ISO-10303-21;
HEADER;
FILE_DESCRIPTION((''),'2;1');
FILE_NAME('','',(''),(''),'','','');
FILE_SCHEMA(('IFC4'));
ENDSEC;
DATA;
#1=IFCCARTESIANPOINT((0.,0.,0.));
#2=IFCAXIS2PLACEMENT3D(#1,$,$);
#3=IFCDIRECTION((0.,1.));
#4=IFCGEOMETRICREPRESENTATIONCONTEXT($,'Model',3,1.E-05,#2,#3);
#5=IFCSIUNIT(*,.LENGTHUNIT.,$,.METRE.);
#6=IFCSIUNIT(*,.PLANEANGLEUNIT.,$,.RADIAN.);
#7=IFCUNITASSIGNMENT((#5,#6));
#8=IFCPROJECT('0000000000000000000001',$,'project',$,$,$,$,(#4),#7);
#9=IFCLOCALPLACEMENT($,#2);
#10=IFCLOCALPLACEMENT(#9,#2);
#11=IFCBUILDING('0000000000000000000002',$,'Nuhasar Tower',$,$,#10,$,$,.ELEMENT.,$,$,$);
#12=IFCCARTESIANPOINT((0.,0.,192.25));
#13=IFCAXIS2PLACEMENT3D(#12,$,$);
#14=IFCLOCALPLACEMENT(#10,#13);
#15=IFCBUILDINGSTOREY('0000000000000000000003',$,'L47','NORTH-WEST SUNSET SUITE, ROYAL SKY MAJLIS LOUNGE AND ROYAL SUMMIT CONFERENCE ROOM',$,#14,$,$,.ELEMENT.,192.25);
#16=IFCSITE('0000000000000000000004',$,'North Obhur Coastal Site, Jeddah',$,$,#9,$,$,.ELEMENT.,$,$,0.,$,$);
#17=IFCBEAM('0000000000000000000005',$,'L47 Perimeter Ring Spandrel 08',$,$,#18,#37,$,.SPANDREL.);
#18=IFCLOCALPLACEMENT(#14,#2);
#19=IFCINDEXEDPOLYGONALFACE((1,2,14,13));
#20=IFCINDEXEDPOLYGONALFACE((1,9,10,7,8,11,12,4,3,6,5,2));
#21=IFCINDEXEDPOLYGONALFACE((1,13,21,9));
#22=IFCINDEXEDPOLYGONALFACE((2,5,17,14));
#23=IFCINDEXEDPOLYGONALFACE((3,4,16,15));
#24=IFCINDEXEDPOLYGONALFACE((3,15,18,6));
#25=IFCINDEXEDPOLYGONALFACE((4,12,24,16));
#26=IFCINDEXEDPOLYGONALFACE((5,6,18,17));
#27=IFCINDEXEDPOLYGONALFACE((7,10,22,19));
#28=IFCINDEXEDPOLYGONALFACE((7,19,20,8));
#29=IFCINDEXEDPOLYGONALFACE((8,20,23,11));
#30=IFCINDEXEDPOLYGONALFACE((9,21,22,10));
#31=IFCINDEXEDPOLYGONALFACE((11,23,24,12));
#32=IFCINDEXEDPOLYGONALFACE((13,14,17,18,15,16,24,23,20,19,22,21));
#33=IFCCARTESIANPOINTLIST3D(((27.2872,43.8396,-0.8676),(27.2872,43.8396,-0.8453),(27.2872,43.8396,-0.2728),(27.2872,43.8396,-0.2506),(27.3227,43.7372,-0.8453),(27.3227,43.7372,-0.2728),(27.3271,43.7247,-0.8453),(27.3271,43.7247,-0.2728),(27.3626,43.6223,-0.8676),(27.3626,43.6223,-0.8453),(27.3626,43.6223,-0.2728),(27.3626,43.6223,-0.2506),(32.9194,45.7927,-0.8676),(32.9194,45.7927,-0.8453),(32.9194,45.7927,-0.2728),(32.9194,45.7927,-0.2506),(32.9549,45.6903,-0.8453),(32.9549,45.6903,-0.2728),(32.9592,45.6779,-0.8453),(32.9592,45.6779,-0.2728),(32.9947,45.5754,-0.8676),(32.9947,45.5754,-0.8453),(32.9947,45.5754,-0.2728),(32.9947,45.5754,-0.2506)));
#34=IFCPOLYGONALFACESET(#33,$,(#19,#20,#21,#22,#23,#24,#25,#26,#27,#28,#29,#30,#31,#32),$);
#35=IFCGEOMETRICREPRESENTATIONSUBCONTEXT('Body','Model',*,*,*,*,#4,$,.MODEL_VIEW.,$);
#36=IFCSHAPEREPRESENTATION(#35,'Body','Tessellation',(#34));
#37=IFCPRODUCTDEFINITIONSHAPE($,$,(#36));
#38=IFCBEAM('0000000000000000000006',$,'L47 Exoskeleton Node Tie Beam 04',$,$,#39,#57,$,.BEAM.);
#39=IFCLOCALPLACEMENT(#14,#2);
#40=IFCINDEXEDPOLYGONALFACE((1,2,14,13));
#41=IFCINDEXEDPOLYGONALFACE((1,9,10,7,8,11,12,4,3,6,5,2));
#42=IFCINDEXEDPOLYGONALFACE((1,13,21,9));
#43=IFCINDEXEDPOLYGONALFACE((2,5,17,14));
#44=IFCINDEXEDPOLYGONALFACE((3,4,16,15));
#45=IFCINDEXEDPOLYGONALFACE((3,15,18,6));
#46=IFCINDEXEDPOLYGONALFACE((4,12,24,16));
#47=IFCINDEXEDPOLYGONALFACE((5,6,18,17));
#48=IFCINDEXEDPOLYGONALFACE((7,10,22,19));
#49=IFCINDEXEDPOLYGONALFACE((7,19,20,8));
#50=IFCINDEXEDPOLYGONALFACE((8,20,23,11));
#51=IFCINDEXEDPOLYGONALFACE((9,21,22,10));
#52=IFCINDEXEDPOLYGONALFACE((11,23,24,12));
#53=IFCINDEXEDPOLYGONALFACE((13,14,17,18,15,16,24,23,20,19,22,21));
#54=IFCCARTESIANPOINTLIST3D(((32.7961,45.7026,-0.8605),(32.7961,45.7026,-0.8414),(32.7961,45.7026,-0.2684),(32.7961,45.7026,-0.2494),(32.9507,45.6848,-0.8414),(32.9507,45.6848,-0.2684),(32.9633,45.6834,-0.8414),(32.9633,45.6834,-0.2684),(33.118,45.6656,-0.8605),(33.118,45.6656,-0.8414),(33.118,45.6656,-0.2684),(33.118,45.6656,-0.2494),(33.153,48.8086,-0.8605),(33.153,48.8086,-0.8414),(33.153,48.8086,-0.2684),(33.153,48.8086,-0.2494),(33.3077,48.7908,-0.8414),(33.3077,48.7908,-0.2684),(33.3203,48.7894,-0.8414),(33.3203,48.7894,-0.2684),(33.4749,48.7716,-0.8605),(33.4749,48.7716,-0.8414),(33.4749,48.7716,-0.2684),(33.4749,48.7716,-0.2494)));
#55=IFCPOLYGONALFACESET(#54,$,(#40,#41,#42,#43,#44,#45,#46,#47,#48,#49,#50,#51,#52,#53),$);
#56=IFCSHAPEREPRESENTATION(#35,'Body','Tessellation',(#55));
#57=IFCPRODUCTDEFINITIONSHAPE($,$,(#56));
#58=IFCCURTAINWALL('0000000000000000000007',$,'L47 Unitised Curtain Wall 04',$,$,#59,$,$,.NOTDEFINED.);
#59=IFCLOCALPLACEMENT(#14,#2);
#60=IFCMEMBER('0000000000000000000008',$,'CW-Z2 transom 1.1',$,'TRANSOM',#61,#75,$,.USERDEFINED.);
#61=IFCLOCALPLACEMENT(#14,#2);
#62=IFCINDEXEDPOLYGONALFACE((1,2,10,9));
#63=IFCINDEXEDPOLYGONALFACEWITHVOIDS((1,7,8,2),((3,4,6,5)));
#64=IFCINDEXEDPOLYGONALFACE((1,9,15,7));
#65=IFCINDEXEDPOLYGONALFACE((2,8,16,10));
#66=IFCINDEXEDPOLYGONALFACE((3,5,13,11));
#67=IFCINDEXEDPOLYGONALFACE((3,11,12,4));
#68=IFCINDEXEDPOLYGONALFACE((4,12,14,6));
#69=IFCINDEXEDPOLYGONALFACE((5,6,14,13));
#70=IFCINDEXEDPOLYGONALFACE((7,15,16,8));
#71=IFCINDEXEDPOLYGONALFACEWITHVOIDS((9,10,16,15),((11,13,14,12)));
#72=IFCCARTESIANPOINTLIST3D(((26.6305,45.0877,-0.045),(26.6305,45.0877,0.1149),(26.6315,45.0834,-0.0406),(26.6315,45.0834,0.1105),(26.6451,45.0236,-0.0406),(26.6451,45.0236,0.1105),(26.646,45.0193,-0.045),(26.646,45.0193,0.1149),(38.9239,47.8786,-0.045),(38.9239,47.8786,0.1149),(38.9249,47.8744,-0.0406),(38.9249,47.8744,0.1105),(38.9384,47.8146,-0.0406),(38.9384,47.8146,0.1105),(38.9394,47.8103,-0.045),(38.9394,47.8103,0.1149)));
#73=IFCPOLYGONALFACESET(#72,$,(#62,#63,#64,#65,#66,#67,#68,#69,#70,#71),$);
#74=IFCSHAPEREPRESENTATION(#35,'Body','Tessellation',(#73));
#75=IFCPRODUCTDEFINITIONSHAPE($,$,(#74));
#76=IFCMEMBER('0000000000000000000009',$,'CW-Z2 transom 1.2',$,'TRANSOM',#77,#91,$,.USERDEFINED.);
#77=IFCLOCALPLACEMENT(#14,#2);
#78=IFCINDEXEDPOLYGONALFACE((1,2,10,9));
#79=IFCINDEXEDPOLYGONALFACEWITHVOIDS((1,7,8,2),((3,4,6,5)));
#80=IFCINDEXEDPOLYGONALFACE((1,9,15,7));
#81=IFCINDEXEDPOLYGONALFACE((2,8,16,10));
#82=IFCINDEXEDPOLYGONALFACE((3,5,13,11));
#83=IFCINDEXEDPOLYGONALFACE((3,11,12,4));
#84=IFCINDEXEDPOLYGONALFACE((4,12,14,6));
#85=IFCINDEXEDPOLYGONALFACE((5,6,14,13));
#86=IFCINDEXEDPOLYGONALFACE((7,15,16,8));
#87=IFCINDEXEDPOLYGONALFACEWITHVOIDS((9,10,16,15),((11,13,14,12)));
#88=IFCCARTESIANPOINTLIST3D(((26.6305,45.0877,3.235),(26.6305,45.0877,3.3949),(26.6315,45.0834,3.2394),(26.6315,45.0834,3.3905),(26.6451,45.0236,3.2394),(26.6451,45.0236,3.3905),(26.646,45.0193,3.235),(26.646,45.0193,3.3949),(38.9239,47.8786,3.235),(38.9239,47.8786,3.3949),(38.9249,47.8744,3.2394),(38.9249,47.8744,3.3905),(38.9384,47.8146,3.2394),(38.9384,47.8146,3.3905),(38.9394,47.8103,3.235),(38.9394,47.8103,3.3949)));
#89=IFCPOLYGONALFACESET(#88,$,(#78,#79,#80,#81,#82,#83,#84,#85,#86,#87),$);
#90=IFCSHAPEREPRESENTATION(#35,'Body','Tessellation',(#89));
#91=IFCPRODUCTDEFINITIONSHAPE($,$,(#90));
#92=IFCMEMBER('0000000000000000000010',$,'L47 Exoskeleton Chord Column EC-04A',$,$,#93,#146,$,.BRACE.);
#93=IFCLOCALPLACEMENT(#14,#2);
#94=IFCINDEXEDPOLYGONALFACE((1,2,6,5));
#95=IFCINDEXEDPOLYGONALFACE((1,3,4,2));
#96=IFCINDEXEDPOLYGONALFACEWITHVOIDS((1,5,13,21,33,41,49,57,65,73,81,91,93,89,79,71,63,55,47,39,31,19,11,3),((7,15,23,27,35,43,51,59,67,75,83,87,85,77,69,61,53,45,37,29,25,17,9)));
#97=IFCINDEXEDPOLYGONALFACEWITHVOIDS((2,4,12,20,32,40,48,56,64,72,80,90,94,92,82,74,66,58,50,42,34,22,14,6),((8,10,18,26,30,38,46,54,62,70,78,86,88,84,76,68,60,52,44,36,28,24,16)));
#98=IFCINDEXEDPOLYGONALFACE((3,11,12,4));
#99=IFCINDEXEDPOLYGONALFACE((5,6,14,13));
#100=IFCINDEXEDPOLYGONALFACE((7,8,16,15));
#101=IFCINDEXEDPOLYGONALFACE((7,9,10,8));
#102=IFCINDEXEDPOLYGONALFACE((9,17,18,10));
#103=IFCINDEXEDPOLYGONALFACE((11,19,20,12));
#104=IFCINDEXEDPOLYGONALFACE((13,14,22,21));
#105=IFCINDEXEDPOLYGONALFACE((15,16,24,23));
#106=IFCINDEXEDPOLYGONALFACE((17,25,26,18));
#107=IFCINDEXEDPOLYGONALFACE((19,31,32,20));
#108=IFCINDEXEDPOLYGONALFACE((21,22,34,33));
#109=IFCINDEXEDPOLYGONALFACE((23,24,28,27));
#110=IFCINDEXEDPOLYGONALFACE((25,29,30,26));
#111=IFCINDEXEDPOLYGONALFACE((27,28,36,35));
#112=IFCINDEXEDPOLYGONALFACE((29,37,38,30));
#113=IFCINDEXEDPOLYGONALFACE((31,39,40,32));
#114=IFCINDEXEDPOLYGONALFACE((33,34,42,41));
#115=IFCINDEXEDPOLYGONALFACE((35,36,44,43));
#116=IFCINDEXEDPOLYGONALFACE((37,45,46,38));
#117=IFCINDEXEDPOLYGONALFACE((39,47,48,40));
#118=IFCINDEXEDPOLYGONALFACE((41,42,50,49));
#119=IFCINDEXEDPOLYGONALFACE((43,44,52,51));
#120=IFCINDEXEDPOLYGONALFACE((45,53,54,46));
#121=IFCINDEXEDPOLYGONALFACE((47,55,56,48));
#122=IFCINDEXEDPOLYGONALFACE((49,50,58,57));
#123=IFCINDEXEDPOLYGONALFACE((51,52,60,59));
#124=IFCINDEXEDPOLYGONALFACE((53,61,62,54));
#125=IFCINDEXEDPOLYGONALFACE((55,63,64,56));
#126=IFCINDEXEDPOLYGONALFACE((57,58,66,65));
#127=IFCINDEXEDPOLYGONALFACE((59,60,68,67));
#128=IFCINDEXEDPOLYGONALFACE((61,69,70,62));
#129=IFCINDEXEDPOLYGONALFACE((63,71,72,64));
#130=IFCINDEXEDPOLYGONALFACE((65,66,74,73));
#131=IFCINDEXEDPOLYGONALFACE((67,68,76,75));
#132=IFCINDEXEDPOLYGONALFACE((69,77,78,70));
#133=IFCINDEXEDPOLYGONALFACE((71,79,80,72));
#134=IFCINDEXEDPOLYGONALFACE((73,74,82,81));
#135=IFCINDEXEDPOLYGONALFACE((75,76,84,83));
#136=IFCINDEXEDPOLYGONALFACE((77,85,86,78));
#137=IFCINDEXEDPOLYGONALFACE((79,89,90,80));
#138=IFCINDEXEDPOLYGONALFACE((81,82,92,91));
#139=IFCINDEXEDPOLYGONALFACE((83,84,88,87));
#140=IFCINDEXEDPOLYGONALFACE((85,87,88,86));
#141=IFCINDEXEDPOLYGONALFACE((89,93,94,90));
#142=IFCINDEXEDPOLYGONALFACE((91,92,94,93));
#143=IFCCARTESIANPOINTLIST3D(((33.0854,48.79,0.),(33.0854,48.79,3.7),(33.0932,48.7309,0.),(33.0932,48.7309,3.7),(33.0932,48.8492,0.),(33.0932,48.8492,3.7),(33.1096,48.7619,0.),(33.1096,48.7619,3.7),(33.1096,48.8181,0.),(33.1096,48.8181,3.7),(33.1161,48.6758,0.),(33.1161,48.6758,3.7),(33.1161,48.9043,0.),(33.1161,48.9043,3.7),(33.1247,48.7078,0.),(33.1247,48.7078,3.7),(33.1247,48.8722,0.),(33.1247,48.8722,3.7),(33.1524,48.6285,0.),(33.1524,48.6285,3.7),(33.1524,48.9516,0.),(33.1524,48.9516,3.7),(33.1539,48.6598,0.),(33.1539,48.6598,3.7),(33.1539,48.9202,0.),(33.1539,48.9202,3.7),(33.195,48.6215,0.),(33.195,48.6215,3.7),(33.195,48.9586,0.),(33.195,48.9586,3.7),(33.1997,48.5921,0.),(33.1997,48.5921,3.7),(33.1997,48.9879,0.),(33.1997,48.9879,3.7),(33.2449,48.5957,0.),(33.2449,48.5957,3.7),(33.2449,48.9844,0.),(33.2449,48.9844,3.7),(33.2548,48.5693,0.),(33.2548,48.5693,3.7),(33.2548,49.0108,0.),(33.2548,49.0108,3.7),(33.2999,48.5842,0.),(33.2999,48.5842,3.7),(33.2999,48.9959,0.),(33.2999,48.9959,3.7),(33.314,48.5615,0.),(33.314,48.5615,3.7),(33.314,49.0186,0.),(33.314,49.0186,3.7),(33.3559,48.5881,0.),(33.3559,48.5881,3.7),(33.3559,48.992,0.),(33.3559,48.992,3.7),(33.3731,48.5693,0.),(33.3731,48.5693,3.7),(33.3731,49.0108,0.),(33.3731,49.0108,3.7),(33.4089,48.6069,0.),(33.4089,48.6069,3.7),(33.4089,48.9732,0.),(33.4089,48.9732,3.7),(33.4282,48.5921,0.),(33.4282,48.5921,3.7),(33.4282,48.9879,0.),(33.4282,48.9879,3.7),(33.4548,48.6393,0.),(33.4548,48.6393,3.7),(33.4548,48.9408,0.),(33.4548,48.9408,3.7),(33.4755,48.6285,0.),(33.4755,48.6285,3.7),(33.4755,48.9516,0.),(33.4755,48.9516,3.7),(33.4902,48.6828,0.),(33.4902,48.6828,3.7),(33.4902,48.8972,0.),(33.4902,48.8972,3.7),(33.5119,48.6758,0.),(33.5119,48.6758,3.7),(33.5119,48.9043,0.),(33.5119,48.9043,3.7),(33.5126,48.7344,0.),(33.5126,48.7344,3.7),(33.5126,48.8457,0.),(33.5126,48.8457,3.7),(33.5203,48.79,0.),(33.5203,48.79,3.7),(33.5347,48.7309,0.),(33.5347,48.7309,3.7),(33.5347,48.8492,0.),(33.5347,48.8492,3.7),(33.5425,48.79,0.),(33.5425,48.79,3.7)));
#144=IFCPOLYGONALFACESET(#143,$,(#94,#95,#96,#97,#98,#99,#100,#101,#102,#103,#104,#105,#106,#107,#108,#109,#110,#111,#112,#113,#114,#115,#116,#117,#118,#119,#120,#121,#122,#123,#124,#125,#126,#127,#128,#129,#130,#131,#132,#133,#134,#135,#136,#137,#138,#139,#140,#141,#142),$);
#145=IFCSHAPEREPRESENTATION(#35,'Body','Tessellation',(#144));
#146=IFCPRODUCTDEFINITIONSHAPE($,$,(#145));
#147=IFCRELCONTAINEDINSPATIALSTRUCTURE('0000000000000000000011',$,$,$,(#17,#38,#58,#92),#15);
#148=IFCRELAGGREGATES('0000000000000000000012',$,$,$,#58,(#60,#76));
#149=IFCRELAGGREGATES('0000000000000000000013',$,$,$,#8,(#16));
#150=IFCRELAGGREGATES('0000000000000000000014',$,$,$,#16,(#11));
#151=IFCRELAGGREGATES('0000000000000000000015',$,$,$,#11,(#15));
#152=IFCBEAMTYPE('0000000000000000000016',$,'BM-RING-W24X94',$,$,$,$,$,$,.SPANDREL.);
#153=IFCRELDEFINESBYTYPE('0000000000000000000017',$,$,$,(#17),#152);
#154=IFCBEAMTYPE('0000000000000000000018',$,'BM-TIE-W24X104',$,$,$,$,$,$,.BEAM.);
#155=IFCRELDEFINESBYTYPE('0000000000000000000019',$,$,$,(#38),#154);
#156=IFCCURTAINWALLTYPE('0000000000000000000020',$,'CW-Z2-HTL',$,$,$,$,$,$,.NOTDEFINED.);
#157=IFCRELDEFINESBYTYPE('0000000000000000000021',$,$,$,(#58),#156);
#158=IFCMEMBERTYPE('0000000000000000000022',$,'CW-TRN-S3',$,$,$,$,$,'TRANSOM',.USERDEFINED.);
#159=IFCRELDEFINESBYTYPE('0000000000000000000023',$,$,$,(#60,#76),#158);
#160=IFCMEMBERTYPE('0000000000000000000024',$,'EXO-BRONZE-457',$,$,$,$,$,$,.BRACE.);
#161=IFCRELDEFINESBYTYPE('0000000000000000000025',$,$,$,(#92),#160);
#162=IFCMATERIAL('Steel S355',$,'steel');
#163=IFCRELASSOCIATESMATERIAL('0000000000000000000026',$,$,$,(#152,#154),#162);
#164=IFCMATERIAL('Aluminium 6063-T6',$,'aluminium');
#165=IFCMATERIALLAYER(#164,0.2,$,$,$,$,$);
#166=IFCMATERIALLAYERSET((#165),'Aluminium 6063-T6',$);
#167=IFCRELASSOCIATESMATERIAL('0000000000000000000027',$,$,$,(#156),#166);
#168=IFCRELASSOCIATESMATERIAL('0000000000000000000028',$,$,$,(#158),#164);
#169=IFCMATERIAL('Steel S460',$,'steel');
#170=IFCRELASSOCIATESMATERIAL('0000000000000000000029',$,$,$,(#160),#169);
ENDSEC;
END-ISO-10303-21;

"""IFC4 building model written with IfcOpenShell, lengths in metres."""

from ifc_helpers import new_model, si_unit, direction, frame, origin, origin_2d, place, context, subcontext, project, spatial, hollow_rectangle, hollow_circle, i_section, extrude, material, layer, layer_set, material_profile, profile_set, type_object, element, aggregate, save


model = new_model("IFC4")

# Units and contexts
model_context = context("Model", 3, precision=1e-05, world=origin(), true_north=direction((0.0, 1.0)))
body_context = subcontext(model_context, "Body", "Model", "MODEL_VIEW")
ifc_project = project(units=[si_unit("LENGTHUNIT", "METRE"), si_unit("PLANEANGLEUNIT", "RADIAN")], contexts=[model_context])

# Site, building, storey
site_placement = place(None, origin())
site = spatial("IfcSite", under=ifc_project, at=site_placement, Name="North Obhur Coastal Site, Jeddah", CompositionType="ELEMENT", RefElevation=0.0)
building_placement = place(site_placement, origin())
building = spatial("IfcBuilding", under=site, at=building_placement, Name="Nuhasar Tower", CompositionType="ELEMENT")
storey_placement = place(building_placement, frame((0.0, 0.0, 192.25)))
storey = spatial("IfcBuildingStorey", under=building, at=storey_placement, Name="L47", Description="NORTH-WEST SUNSET SUITE, ROYAL SKY MAJLIS LOUNGE AND ROYAL SUMMIT CONFERENCE ROOM", CompositionType="ELEMENT", Elevation=192.25)

# Beams
ifc_material_1 = material(Name="Steel S355", Category="steel")
ifc_material_profile_1 = material_profile(ifc_material_1, i_section(OverallWidth=0.23, OverallDepth=0.6169, WebThickness=0.0132, FlangeThickness=0.0222, at=origin_2d()), Name="W24X94")
ifc_profile_set_1 = profile_set([ifc_material_profile_1], Name="Steel S355")
beam_type_1 = type_object("IfcBeamType", Name="BM-RING-W24X94", PredefinedType="SPANDREL", material=ifc_profile_set_1)
beam_1_placement = place(storey_placement, frame((32.957, 45.6841, -0.5591), z_axis=(-0.944801, -0.327644, 0.0), x_axis=(0.327644, -0.944801, 0.0)))
element("IfcBeam", 1, at=beam_1_placement, inside=storey, type_object=beam_type_1, Name="L47 Perimeter Ring Spandrel 08", PredefinedType="SPANDREL", context=body_context, shape_type="SweptSolid", body=[
    extrude(i_section(OverallWidth=0.23, OverallDepth=0.6169, WebThickness=0.0132, FlangeThickness=0.0222, at=origin_2d()), origin(), (0.0, 0.0, 1.0), 5.9612),
])
ifc_material_profile_2 = material_profile(ifc_material_1, i_section(OverallWidth=0.324, OverallDepth=0.6111, WebThickness=0.0127, FlangeThickness=0.019, at=origin_2d()), Name="W24X104")
ifc_profile_set_2 = profile_set([ifc_material_profile_2], Name="Steel S355")
beam_type_2 = type_object("IfcBeamType", Name="BM-TIE-W24X104", PredefinedType="BEAM", material=ifc_profile_set_2)
beam_2_placement = place(storey_placement, frame((32.957, 45.6841, -0.5549), z_axis=(0.114168, 0.993461, 0.0), x_axis=(-0.993461, 0.114168, 0.0)))
element("IfcBeam", 2, at=beam_2_placement, inside=storey, type_object=beam_type_2, Name="L47 Exoskeleton Node Tie Beam 04", PredefinedType="BEAM", context=body_context, shape_type="SweptSolid", body=[
    extrude(i_section(OverallWidth=0.324, OverallDepth=0.6111, WebThickness=0.0127, FlangeThickness=0.019, at=origin_2d()), origin(), (0.0, 0.0, 1.0), 3.1265),
])

# Curtain wall, members
ifc_material_2 = material(Name="Aluminium 6063-T6", Category="aluminium")
ifc_layer_1 = layer(ifc_material_2, 0.2)
ifc_layer_set_1 = layer_set([ifc_layer_1], Name="Aluminium 6063-T6")
curtain_wall_type = type_object("IfcCurtainWallType", Name="CW-Z2-HTL", PredefinedType="NOTDEFINED", material=ifc_layer_set_1)
curtain_wall_placement = place(storey_placement, origin())
curtain_wall = element("IfcCurtainWall", 3, at=curtain_wall_placement, inside=storey, type_object=curtain_wall_type, Name="L47 Unitised Curtain Wall 04", PredefinedType="NOTDEFINED")
ifc_material_profile_3 = material_profile(ifc_material_2, hollow_rectangle(XDim=0.0701, YDim=0.1599, WallThickness=0.0044, at=origin_2d()), Name="CWT-3")
ifc_profile_set_3 = profile_set([ifc_material_profile_3], Name="Aluminium 6063-T6")
member_type_1 = type_object("IfcMemberType", Name="CW-TRN-S3", ElementType="TRANSOM", PredefinedType="USERDEFINED", material=ifc_profile_set_3)
member_1_placement = place(storey_placement, frame((38.9316, 47.8445, 0.0349), z_axis=(-0.975183, -0.221398, 0.0), x_axis=(0.221398, -0.975183, 0.0)))
member_1 = element("IfcMember", 4, at=member_1_placement, type_object=member_type_1, Name="CW-Z2 transom 1.1", ObjectType="TRANSOM", PredefinedType="USERDEFINED", context=body_context, shape_type="SweptSolid", body=[
    extrude(hollow_rectangle(XDim=0.0701, YDim=0.1599, WallThickness=0.0044, at=origin_2d()), origin(), (0.0, 0.0, 1.0), 12.6062),
])
member_2_placement = place(storey_placement, frame((38.9316, 47.8445, 3.3149), z_axis=(-0.975183, -0.221398, 0.0), x_axis=(0.221398, -0.975183, 0.0)))
member_2 = element("IfcMember", 5, at=member_2_placement, type_object=member_type_1, Name="CW-Z2 transom 1.2", ObjectType="TRANSOM", PredefinedType="USERDEFINED", context=body_context, shape_type="SweptSolid", body=[
    extrude(hollow_rectangle(XDim=0.0701, YDim=0.1599, WallThickness=0.0044, at=origin_2d()), origin(), (0.0, 0.0, 1.0), 12.6062),
])

# Member
ifc_material_3 = material(Name="Steel S460", Category="steel")
ifc_material_profile_4 = material_profile(ifc_material_3, hollow_circle(Radius=0.2285, WallThickness=0.0222, at=origin_2d()), Name="HSS457X22.2")
ifc_profile_set_4 = profile_set([ifc_material_profile_4], Name="Steel S460")
member_type_2 = type_object("IfcMemberType", Name="EXO-BRONZE-457", PredefinedType="BRACE", material=ifc_profile_set_4)
for number, where, z_axis, x_axis, name in (
    (6, (33.314, 48.79, 0.0), (0.0, 0.0, 1.0), (1.0, 0.0, 0.0), "L47 Exoskeleton Chord Column EC-04A"),
):
    element("IfcMember", number, at=place(storey_placement, frame(where, z_axis=z_axis, x_axis=x_axis)), inside=storey, type_object=member_type_2, Name=name, PredefinedType="BRACE", context=body_context, shape_type="SweptSolid", body=[
        extrude(hollow_circle(Radius=0.2285, WallThickness=0.0222, at=origin_2d()), origin(), (0.0, 0.0, 1.0), 3.7),
    ])

aggregate(curtain_wall, [member_1, member_2])

save(model, "model.ifc")
